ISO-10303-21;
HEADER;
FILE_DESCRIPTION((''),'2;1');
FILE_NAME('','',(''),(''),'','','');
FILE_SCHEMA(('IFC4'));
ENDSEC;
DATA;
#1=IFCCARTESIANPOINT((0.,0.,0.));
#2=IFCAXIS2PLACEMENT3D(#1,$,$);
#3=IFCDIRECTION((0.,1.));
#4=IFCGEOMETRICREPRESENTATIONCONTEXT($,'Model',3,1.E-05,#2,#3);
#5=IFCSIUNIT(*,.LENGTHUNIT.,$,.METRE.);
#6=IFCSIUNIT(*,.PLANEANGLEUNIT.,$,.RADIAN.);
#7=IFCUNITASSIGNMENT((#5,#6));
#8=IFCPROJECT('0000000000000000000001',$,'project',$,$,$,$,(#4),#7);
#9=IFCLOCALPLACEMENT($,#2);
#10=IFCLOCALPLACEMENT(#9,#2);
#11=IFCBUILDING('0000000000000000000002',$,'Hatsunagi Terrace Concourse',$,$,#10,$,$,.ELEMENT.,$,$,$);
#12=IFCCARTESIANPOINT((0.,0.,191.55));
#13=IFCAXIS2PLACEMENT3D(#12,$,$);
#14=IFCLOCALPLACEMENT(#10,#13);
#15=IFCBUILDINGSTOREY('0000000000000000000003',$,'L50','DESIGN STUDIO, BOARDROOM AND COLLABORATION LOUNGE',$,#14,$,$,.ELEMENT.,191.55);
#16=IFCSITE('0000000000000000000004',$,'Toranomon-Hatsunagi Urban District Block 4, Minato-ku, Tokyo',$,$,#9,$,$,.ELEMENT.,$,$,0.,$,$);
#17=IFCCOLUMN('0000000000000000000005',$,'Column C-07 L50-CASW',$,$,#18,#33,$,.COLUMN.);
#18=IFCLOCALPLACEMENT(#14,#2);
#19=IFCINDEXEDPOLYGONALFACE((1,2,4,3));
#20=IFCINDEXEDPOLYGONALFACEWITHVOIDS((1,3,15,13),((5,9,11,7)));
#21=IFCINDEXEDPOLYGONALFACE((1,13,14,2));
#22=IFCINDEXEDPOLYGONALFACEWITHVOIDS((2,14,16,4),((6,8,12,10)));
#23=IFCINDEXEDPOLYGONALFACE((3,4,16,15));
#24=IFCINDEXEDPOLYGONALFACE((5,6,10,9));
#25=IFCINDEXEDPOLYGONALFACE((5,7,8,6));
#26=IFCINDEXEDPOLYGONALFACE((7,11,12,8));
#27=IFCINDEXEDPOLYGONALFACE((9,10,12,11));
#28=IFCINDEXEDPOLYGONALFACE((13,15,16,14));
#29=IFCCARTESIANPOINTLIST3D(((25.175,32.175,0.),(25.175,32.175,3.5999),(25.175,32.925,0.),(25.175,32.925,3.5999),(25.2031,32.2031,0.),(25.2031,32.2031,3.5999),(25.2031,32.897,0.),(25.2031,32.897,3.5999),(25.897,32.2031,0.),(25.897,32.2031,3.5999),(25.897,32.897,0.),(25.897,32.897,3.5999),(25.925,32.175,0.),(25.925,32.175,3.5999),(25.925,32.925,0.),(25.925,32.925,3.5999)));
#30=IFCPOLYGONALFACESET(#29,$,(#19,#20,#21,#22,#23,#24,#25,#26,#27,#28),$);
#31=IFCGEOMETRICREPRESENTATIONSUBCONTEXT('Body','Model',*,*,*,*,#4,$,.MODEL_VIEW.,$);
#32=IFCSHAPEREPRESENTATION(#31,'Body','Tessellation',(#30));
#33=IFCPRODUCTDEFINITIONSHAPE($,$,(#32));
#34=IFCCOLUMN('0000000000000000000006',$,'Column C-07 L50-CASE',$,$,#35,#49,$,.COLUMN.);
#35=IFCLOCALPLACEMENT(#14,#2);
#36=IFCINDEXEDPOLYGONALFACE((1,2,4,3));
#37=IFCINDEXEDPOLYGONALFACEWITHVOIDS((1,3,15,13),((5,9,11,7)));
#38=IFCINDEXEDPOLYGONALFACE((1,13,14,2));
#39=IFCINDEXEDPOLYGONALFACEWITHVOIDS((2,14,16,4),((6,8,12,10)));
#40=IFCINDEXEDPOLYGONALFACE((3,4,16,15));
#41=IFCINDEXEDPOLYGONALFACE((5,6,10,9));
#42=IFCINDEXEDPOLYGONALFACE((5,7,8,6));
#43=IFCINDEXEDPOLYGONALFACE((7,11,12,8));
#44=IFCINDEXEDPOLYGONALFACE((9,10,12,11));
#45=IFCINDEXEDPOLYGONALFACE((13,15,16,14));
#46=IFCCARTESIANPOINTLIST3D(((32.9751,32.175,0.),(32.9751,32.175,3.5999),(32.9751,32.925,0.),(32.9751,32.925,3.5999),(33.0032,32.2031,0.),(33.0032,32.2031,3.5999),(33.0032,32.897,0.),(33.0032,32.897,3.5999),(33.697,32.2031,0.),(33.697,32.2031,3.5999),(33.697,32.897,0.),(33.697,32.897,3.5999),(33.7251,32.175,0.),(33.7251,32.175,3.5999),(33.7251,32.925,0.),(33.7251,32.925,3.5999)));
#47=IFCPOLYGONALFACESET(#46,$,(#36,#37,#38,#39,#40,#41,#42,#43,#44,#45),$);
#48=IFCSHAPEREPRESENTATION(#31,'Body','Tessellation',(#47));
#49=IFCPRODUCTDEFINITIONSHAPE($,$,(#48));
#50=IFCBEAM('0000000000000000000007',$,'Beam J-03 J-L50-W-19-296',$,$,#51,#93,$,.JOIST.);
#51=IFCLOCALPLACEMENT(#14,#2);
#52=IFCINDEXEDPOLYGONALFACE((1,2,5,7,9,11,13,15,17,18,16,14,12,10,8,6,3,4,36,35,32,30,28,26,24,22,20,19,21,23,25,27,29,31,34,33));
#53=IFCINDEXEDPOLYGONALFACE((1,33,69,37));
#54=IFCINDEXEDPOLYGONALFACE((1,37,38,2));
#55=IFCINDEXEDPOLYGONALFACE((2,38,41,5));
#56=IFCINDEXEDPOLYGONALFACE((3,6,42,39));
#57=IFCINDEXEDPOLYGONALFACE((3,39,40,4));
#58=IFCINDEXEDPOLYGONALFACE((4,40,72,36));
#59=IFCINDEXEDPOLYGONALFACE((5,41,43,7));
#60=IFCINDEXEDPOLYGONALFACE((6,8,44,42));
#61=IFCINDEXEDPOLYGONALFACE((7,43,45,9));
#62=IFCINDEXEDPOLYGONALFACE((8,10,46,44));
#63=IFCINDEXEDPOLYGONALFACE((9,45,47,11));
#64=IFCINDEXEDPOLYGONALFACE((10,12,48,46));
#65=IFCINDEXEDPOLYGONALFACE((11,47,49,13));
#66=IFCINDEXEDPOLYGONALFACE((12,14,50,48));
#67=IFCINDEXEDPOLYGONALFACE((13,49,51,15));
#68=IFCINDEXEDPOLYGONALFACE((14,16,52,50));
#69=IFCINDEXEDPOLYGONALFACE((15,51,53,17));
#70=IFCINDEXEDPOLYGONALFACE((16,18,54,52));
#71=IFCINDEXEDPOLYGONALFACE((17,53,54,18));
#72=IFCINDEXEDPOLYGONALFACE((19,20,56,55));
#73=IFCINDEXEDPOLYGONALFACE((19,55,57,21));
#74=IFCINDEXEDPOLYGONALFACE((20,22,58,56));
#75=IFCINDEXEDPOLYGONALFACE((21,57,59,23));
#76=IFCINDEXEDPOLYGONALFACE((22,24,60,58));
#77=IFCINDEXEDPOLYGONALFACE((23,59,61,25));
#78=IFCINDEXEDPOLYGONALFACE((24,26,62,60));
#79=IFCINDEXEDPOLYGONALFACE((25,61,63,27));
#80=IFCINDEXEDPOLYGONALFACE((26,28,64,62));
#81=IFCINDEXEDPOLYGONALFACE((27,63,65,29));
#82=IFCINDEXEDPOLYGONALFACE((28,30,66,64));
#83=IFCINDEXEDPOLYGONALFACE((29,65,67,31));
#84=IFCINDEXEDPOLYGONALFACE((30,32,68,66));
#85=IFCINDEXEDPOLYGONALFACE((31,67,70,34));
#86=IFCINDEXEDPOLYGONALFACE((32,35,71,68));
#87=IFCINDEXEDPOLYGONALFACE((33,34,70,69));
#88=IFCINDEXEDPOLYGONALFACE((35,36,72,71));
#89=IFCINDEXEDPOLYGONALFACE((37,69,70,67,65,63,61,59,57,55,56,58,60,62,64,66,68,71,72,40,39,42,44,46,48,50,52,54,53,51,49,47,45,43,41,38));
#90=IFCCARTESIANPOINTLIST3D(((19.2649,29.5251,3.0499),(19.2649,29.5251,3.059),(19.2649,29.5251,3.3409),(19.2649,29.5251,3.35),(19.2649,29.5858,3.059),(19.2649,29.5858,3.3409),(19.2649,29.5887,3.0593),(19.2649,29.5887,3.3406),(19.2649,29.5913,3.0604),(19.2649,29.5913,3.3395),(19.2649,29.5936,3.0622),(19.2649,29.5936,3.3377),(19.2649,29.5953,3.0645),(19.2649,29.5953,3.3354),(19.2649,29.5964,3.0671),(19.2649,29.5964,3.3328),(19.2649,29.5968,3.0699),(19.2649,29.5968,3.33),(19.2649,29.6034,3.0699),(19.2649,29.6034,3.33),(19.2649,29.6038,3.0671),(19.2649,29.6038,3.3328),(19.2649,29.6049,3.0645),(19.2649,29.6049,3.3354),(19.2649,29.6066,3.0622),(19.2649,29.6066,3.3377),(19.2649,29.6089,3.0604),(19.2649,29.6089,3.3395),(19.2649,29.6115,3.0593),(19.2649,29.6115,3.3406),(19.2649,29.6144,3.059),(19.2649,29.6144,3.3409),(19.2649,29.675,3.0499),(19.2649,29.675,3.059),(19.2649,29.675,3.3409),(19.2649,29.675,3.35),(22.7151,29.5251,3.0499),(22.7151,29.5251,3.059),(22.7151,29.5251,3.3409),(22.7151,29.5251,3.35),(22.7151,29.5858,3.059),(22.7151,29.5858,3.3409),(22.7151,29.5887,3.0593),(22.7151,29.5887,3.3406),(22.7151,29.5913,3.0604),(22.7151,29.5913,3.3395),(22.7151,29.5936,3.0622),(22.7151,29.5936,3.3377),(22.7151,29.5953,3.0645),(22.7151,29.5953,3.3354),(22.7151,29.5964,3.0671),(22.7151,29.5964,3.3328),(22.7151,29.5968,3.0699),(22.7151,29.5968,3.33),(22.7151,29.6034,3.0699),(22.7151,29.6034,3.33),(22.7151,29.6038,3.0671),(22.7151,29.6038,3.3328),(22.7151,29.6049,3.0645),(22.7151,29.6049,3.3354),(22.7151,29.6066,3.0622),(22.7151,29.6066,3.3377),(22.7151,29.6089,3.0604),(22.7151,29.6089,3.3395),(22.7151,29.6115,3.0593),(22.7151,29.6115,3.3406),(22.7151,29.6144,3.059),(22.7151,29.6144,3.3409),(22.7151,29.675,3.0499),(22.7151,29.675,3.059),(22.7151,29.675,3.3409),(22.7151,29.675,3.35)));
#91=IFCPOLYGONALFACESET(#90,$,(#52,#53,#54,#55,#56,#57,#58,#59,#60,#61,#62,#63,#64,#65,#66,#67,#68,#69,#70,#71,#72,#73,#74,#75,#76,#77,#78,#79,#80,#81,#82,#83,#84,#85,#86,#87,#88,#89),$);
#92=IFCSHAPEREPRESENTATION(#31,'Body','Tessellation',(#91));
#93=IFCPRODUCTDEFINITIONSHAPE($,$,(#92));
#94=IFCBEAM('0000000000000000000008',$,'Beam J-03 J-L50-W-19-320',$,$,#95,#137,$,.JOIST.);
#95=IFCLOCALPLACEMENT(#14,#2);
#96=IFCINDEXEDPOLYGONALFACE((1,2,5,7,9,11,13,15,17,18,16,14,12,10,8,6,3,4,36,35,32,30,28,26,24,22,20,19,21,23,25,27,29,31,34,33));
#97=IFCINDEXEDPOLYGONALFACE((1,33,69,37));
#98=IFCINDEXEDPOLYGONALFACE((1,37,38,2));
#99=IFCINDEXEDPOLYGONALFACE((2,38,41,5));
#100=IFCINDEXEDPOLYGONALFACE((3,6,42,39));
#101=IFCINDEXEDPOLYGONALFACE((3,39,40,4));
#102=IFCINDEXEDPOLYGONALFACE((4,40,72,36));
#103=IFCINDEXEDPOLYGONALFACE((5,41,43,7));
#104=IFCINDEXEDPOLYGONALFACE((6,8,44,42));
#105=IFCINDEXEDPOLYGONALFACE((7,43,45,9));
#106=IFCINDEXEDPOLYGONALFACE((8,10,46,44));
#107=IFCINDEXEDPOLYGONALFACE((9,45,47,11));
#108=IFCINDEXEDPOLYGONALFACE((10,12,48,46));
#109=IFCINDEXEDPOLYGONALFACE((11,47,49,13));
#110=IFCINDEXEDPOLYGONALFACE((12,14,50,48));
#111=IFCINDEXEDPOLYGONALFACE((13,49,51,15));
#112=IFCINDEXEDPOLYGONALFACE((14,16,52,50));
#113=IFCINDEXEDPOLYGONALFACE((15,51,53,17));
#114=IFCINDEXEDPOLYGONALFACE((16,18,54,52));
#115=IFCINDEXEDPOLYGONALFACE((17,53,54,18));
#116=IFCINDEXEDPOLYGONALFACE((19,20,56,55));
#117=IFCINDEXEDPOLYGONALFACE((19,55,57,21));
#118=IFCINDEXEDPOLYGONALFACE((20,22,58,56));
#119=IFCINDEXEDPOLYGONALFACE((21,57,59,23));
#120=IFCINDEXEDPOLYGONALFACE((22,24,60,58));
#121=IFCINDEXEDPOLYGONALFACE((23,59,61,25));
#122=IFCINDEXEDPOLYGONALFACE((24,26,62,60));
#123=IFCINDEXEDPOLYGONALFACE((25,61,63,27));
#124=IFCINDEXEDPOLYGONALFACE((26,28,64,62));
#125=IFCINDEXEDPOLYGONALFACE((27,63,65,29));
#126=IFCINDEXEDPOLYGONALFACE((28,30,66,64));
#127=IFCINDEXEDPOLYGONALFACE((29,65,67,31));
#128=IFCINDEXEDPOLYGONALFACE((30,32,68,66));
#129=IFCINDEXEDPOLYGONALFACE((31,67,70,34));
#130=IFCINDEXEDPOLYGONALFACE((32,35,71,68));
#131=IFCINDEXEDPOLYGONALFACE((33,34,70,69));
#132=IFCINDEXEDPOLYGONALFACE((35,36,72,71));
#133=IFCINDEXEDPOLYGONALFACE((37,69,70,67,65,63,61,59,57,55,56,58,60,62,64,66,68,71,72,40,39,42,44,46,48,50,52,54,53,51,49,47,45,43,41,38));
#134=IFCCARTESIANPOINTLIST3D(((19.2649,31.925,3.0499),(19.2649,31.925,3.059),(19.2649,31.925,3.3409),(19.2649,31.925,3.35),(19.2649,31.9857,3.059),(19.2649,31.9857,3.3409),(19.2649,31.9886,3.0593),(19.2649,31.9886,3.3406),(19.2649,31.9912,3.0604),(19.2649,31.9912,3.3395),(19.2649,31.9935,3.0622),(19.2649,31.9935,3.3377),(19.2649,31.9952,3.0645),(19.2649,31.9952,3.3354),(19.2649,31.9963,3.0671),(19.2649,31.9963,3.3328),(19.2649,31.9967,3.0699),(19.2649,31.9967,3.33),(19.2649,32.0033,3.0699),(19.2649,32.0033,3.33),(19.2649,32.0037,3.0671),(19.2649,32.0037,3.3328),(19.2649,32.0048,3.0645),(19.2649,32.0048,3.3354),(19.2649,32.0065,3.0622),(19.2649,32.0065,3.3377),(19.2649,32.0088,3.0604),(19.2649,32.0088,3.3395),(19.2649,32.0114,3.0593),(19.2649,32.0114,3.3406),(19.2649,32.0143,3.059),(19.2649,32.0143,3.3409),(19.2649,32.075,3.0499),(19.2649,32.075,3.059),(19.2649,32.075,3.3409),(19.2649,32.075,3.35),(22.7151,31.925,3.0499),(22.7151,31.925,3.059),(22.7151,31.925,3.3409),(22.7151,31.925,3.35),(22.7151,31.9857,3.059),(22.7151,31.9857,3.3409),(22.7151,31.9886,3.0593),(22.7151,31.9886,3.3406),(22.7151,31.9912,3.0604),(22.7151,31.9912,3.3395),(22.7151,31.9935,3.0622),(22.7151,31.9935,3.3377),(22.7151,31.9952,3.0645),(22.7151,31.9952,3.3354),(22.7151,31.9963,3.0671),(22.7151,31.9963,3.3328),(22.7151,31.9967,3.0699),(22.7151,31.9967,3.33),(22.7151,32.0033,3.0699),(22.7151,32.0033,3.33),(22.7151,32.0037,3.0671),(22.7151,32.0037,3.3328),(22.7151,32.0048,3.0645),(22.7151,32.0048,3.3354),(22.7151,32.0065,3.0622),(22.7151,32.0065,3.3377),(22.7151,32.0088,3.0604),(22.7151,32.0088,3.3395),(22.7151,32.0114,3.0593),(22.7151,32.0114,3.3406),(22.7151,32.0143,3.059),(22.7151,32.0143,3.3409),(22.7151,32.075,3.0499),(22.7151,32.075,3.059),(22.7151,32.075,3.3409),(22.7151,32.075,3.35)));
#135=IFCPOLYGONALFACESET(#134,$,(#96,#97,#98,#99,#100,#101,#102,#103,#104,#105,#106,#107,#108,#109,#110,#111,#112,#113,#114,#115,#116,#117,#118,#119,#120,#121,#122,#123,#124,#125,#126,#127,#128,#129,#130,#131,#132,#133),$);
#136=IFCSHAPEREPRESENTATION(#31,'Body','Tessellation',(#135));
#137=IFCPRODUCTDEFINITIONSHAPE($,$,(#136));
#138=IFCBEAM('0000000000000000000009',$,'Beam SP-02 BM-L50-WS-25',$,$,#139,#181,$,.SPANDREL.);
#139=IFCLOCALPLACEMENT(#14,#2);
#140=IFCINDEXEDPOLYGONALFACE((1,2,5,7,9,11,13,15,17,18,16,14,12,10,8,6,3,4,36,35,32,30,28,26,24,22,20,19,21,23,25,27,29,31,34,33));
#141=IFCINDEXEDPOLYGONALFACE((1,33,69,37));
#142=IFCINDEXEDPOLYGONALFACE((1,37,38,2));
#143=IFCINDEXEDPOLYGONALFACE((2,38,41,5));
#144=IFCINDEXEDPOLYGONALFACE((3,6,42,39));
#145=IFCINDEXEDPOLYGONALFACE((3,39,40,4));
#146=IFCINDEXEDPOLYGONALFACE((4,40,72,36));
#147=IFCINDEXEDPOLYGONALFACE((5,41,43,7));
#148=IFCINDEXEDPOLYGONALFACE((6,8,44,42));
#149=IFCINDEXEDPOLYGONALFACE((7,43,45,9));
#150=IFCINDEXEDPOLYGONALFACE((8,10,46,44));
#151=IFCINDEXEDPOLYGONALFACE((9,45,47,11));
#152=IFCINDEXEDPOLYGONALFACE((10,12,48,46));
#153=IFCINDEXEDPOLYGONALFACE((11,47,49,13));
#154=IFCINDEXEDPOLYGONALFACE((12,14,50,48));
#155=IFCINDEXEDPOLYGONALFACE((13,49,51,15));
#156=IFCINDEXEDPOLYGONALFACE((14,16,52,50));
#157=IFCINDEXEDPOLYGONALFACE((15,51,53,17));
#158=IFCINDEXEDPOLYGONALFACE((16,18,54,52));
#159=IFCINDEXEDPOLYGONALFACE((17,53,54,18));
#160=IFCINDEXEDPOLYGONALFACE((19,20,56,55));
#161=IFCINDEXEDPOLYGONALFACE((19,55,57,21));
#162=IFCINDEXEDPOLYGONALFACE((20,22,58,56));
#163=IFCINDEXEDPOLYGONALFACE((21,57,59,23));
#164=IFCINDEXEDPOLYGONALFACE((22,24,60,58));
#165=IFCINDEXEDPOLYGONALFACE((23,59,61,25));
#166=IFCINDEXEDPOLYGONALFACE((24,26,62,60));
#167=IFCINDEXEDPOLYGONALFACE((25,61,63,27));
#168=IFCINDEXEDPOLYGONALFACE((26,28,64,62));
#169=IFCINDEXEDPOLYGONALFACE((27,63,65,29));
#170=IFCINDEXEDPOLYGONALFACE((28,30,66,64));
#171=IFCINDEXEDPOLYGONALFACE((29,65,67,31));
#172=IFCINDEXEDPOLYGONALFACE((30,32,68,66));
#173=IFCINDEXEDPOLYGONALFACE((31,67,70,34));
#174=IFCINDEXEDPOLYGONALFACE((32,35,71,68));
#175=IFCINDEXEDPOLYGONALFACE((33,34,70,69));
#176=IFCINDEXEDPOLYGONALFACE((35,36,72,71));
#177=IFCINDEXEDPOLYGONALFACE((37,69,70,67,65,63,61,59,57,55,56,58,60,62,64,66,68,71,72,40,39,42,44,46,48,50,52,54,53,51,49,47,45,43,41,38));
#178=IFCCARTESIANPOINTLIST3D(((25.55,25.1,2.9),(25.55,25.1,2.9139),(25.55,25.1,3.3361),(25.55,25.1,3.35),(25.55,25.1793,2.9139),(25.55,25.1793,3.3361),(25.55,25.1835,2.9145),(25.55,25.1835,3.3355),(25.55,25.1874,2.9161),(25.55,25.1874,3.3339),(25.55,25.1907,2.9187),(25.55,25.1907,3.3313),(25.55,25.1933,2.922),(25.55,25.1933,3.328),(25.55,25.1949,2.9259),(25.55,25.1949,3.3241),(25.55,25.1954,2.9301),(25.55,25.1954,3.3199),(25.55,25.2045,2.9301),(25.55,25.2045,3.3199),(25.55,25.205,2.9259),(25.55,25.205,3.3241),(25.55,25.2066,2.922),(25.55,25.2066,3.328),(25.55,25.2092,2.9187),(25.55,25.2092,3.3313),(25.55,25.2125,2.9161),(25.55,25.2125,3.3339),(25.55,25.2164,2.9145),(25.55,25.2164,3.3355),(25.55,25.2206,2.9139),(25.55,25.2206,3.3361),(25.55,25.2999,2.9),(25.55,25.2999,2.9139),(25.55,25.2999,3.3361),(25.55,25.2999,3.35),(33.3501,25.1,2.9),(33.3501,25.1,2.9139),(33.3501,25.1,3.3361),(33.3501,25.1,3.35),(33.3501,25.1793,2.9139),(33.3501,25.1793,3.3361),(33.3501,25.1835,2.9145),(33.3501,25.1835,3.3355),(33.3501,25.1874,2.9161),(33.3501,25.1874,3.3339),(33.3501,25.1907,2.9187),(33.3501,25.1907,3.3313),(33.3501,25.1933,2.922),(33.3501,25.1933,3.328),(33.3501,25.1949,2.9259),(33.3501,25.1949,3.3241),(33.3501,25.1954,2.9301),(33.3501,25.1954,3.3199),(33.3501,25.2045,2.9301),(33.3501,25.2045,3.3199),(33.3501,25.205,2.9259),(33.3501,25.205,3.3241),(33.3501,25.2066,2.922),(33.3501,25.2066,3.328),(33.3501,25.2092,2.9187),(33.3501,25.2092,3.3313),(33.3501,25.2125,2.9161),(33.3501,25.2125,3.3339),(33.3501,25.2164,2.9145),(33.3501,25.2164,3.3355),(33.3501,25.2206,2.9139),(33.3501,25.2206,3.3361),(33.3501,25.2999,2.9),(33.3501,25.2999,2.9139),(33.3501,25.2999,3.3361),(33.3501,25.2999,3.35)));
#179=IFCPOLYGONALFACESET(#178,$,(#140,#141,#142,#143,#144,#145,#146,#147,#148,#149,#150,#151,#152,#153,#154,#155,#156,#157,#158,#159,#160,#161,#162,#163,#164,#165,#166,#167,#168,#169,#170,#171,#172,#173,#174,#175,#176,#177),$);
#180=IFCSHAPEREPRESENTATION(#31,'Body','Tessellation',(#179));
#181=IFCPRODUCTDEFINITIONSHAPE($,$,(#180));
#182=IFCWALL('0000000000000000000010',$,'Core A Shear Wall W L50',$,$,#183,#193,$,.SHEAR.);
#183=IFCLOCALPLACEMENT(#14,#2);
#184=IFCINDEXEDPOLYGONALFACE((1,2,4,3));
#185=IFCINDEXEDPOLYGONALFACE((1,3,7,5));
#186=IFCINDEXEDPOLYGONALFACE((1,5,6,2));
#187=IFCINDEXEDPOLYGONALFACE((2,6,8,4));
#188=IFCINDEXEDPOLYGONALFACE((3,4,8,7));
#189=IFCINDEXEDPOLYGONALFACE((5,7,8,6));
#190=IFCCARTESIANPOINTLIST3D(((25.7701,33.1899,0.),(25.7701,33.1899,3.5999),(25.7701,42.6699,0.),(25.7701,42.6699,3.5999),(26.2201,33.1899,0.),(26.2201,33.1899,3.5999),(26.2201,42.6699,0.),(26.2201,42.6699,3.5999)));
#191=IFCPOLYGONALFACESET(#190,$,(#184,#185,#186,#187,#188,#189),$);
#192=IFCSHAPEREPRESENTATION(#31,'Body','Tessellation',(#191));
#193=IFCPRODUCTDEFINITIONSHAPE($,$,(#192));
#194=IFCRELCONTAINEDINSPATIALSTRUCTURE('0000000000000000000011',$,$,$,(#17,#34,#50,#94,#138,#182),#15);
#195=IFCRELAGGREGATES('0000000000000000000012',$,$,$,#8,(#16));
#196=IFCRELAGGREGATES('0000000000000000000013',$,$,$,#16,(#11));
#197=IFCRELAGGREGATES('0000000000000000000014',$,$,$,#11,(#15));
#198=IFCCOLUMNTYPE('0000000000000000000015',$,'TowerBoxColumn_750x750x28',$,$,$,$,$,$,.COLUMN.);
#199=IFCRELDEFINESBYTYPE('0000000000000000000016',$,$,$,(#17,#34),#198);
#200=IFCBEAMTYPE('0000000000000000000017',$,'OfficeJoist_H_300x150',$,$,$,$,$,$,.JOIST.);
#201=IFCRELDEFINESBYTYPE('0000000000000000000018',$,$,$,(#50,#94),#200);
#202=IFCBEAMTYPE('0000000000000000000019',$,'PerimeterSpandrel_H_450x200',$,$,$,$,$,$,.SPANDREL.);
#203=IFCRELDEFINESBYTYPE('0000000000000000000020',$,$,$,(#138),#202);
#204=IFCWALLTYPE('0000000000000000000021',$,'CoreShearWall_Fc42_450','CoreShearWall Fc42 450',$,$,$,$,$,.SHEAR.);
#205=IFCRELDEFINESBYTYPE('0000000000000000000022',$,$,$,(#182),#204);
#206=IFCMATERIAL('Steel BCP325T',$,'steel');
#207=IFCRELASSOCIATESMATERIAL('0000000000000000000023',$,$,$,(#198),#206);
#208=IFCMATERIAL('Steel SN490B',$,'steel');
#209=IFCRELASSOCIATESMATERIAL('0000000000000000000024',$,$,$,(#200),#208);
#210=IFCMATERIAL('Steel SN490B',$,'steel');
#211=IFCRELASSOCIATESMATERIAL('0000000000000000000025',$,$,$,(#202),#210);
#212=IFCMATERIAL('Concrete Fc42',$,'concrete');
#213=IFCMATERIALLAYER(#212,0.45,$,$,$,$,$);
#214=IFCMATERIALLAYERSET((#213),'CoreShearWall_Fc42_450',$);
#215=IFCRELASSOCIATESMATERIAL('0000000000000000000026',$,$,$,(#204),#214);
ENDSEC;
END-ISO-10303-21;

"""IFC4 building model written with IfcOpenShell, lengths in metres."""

from ifc_helpers import new_model, si_unit, direction, frame, frame_2d, origin, origin_2d, place, context, subcontext, project, spatial, rectangle, hollow_rectangle, i_section, extrude, material, layer, layer_set, material_profile, profile_set, type_object, element, save


model = new_model("IFC4")

# Units and contexts
model_context = context("Model", 3, precision=1e-05, world=origin(), true_north=direction((0.0, 1.0)))
body_context = subcontext(model_context, "Body", "Model", "MODEL_VIEW")
ifc_project = project(units=[si_unit("LENGTHUNIT", "METRE"), si_unit("PLANEANGLEUNIT", "RADIAN")], contexts=[model_context])

# Site, building, storey
site_placement = place(None, origin())
site = spatial("IfcSite", under=ifc_project, at=site_placement, Name="Toranomon-Hatsunagi Urban District Block 4, Minato-ku, Tokyo", CompositionType="ELEMENT", RefElevation=0.0)
building_placement = place(site_placement, origin())
building = spatial("IfcBuilding", under=site, at=building_placement, Name="Hatsunagi Terrace Concourse", CompositionType="ELEMENT")
storey_placement = place(building_placement, frame((0.0, 0.0, 191.55)))
storey = spatial("IfcBuildingStorey", under=building, at=storey_placement, Name="L50", Description="DESIGN STUDIO, BOARDROOM AND COLLABORATION LOUNGE", CompositionType="ELEMENT", Elevation=191.55)

# Columns
ifc_material_1 = material(Name="Steel BCP325T", Category="steel")
ifc_material_profile_1 = material_profile(ifc_material_1, hollow_rectangle(XDim=0.75, YDim=0.75, WallThickness=0.0281, at=origin_2d()), Name="BCP-750x750x28")
ifc_profile_set_1 = profile_set([ifc_material_profile_1], Name="Steel BCP325T")
column_type = type_object("IfcColumnType", Name="TowerBoxColumn_750x750x28", PredefinedType="COLUMN", material=ifc_profile_set_1)
for number, where, z_axis, x_axis, name in (
    (1, (25.55, 32.55, 0.0), (0.0, 0.0, 1.0), (1.0, 0.0, 0.0), "Column C-07 L50-CASW"),
    (2, (33.3501, 32.55, 0.0), (0.0, 0.0, 1.0), (1.0, 0.0, 0.0), "Column C-07 L50-CASE"),
):
    element("IfcColumn", number, at=place(storey_placement, frame(where, z_axis=z_axis, x_axis=x_axis)), inside=storey, type_object=column_type, Name=name, PredefinedType="COLUMN", context=body_context, shape_type="SweptSolid", body=[
        extrude(hollow_rectangle(XDim=0.75, YDim=0.75, WallThickness=0.0281, at=origin_2d()), origin(), (0.0, 0.0, 1.0), 3.5999),
    ])

# Beams
ifc_material_2 = material(Name="Steel SN490B", Category="steel")
ifc_material_profile_2 = material_profile(ifc_material_2, i_section(OverallWidth=0.1499, OverallDepth=0.3, WebThickness=0.0066, FlangeThickness=0.009, FilletRadius=0.011, at=origin_2d()), Name="H-300x150x6.5x9")
ifc_profile_set_2 = profile_set([ifc_material_profile_2], Name="Steel SN490B")
beam_type_1 = type_object("IfcBeamType", Name="OfficeJoist_H_300x150", PredefinedType="JOIST", material=ifc_profile_set_2)
for number, where, z_axis, x_axis, name in (
    (3, (19.2649, 29.6001, 3.2), (1.0, 0.0, 0.0), (0.0, 1.0, 0.0), "Beam J-03 J-L50-W-19-296"),
    (4, (19.2649, 32.0, 3.2), (1.0, 0.0, 0.0), (0.0, 1.0, 0.0), "Beam J-03 J-L50-W-19-320"),
):
    element("IfcBeam", number, at=place(storey_placement, frame(where, z_axis=z_axis, x_axis=x_axis)), inside=storey, type_object=beam_type_1, Name=name, PredefinedType="JOIST", context=body_context, shape_type="SweptSolid", body=[
        extrude(i_section(OverallWidth=0.1499, OverallDepth=0.3, WebThickness=0.0066, FlangeThickness=0.009, FilletRadius=0.011, at=origin_2d()), origin(), (0.0, 0.0, 1.0), 3.4502),
    ])
ifc_material_3 = material(Name="Steel SN490B", Category="steel")
ifc_material_profile_3 = material_profile(ifc_material_3, i_section(OverallWidth=0.2, OverallDepth=0.45, WebThickness=0.009, FlangeThickness=0.0139, FilletRadius=0.0161, at=origin_2d()), Name="H-450x200x9x14")
ifc_profile_set_3 = profile_set([ifc_material_profile_3], Name="Steel SN490B")
beam_type_2 = type_object("IfcBeamType", Name="PerimeterSpandrel_H_450x200", PredefinedType="SPANDREL", material=ifc_profile_set_3)
beam_placement = place(storey_placement, frame((25.55, 25.2, 3.125), z_axis=(1.0, 0.0, 0.0), x_axis=(0.0, 1.0, 0.0)))
element("IfcBeam", 5, at=beam_placement, inside=storey, type_object=beam_type_2, Name="Beam SP-02 BM-L50-WS-25", PredefinedType="SPANDREL", context=body_context, shape_type="SweptSolid", body=[
    extrude(i_section(OverallWidth=0.2, OverallDepth=0.45, WebThickness=0.009, FlangeThickness=0.0139, FilletRadius=0.0161, at=origin_2d()), origin(), (0.0, 0.0, 1.0), 7.8),
])

# Shared definitions
ifc_material_4 = material(Name="Concrete Fc42", Category="concrete")
ifc_layer_1 = layer(ifc_material_4, 0.45)
ifc_layer_set_1 = layer_set([ifc_layer_1], Name="CoreShearWall_Fc42_450")
wall_type_1 = type_object("IfcWallType", Name="CoreShearWall_Fc42_450", Description="CoreShearWall Fc42 450", PredefinedType="SHEAR", material=ifc_layer_set_1)

# Wall
wall_1_placement = place(storey_placement, frame((25.9951, 33.1899, 0.0), z_axis=(0.0, 0.0, 1.0), x_axis=(0.0, 1.0, 0.0)))
element("IfcWall", 6, at=wall_1_placement, inside=storey, type_object=wall_type_1, Name="Core A Shear Wall W L50", PredefinedType="SHEAR", context=body_context, shape_type="SweptSolid", body=[
    extrude(rectangle(XDim=9.48, YDim=0.45, at=frame_2d((4.74, 0.0))), origin(), (0.0, 0.0, 1.0), 3.5999),
])

save(model, "model.ifc")
